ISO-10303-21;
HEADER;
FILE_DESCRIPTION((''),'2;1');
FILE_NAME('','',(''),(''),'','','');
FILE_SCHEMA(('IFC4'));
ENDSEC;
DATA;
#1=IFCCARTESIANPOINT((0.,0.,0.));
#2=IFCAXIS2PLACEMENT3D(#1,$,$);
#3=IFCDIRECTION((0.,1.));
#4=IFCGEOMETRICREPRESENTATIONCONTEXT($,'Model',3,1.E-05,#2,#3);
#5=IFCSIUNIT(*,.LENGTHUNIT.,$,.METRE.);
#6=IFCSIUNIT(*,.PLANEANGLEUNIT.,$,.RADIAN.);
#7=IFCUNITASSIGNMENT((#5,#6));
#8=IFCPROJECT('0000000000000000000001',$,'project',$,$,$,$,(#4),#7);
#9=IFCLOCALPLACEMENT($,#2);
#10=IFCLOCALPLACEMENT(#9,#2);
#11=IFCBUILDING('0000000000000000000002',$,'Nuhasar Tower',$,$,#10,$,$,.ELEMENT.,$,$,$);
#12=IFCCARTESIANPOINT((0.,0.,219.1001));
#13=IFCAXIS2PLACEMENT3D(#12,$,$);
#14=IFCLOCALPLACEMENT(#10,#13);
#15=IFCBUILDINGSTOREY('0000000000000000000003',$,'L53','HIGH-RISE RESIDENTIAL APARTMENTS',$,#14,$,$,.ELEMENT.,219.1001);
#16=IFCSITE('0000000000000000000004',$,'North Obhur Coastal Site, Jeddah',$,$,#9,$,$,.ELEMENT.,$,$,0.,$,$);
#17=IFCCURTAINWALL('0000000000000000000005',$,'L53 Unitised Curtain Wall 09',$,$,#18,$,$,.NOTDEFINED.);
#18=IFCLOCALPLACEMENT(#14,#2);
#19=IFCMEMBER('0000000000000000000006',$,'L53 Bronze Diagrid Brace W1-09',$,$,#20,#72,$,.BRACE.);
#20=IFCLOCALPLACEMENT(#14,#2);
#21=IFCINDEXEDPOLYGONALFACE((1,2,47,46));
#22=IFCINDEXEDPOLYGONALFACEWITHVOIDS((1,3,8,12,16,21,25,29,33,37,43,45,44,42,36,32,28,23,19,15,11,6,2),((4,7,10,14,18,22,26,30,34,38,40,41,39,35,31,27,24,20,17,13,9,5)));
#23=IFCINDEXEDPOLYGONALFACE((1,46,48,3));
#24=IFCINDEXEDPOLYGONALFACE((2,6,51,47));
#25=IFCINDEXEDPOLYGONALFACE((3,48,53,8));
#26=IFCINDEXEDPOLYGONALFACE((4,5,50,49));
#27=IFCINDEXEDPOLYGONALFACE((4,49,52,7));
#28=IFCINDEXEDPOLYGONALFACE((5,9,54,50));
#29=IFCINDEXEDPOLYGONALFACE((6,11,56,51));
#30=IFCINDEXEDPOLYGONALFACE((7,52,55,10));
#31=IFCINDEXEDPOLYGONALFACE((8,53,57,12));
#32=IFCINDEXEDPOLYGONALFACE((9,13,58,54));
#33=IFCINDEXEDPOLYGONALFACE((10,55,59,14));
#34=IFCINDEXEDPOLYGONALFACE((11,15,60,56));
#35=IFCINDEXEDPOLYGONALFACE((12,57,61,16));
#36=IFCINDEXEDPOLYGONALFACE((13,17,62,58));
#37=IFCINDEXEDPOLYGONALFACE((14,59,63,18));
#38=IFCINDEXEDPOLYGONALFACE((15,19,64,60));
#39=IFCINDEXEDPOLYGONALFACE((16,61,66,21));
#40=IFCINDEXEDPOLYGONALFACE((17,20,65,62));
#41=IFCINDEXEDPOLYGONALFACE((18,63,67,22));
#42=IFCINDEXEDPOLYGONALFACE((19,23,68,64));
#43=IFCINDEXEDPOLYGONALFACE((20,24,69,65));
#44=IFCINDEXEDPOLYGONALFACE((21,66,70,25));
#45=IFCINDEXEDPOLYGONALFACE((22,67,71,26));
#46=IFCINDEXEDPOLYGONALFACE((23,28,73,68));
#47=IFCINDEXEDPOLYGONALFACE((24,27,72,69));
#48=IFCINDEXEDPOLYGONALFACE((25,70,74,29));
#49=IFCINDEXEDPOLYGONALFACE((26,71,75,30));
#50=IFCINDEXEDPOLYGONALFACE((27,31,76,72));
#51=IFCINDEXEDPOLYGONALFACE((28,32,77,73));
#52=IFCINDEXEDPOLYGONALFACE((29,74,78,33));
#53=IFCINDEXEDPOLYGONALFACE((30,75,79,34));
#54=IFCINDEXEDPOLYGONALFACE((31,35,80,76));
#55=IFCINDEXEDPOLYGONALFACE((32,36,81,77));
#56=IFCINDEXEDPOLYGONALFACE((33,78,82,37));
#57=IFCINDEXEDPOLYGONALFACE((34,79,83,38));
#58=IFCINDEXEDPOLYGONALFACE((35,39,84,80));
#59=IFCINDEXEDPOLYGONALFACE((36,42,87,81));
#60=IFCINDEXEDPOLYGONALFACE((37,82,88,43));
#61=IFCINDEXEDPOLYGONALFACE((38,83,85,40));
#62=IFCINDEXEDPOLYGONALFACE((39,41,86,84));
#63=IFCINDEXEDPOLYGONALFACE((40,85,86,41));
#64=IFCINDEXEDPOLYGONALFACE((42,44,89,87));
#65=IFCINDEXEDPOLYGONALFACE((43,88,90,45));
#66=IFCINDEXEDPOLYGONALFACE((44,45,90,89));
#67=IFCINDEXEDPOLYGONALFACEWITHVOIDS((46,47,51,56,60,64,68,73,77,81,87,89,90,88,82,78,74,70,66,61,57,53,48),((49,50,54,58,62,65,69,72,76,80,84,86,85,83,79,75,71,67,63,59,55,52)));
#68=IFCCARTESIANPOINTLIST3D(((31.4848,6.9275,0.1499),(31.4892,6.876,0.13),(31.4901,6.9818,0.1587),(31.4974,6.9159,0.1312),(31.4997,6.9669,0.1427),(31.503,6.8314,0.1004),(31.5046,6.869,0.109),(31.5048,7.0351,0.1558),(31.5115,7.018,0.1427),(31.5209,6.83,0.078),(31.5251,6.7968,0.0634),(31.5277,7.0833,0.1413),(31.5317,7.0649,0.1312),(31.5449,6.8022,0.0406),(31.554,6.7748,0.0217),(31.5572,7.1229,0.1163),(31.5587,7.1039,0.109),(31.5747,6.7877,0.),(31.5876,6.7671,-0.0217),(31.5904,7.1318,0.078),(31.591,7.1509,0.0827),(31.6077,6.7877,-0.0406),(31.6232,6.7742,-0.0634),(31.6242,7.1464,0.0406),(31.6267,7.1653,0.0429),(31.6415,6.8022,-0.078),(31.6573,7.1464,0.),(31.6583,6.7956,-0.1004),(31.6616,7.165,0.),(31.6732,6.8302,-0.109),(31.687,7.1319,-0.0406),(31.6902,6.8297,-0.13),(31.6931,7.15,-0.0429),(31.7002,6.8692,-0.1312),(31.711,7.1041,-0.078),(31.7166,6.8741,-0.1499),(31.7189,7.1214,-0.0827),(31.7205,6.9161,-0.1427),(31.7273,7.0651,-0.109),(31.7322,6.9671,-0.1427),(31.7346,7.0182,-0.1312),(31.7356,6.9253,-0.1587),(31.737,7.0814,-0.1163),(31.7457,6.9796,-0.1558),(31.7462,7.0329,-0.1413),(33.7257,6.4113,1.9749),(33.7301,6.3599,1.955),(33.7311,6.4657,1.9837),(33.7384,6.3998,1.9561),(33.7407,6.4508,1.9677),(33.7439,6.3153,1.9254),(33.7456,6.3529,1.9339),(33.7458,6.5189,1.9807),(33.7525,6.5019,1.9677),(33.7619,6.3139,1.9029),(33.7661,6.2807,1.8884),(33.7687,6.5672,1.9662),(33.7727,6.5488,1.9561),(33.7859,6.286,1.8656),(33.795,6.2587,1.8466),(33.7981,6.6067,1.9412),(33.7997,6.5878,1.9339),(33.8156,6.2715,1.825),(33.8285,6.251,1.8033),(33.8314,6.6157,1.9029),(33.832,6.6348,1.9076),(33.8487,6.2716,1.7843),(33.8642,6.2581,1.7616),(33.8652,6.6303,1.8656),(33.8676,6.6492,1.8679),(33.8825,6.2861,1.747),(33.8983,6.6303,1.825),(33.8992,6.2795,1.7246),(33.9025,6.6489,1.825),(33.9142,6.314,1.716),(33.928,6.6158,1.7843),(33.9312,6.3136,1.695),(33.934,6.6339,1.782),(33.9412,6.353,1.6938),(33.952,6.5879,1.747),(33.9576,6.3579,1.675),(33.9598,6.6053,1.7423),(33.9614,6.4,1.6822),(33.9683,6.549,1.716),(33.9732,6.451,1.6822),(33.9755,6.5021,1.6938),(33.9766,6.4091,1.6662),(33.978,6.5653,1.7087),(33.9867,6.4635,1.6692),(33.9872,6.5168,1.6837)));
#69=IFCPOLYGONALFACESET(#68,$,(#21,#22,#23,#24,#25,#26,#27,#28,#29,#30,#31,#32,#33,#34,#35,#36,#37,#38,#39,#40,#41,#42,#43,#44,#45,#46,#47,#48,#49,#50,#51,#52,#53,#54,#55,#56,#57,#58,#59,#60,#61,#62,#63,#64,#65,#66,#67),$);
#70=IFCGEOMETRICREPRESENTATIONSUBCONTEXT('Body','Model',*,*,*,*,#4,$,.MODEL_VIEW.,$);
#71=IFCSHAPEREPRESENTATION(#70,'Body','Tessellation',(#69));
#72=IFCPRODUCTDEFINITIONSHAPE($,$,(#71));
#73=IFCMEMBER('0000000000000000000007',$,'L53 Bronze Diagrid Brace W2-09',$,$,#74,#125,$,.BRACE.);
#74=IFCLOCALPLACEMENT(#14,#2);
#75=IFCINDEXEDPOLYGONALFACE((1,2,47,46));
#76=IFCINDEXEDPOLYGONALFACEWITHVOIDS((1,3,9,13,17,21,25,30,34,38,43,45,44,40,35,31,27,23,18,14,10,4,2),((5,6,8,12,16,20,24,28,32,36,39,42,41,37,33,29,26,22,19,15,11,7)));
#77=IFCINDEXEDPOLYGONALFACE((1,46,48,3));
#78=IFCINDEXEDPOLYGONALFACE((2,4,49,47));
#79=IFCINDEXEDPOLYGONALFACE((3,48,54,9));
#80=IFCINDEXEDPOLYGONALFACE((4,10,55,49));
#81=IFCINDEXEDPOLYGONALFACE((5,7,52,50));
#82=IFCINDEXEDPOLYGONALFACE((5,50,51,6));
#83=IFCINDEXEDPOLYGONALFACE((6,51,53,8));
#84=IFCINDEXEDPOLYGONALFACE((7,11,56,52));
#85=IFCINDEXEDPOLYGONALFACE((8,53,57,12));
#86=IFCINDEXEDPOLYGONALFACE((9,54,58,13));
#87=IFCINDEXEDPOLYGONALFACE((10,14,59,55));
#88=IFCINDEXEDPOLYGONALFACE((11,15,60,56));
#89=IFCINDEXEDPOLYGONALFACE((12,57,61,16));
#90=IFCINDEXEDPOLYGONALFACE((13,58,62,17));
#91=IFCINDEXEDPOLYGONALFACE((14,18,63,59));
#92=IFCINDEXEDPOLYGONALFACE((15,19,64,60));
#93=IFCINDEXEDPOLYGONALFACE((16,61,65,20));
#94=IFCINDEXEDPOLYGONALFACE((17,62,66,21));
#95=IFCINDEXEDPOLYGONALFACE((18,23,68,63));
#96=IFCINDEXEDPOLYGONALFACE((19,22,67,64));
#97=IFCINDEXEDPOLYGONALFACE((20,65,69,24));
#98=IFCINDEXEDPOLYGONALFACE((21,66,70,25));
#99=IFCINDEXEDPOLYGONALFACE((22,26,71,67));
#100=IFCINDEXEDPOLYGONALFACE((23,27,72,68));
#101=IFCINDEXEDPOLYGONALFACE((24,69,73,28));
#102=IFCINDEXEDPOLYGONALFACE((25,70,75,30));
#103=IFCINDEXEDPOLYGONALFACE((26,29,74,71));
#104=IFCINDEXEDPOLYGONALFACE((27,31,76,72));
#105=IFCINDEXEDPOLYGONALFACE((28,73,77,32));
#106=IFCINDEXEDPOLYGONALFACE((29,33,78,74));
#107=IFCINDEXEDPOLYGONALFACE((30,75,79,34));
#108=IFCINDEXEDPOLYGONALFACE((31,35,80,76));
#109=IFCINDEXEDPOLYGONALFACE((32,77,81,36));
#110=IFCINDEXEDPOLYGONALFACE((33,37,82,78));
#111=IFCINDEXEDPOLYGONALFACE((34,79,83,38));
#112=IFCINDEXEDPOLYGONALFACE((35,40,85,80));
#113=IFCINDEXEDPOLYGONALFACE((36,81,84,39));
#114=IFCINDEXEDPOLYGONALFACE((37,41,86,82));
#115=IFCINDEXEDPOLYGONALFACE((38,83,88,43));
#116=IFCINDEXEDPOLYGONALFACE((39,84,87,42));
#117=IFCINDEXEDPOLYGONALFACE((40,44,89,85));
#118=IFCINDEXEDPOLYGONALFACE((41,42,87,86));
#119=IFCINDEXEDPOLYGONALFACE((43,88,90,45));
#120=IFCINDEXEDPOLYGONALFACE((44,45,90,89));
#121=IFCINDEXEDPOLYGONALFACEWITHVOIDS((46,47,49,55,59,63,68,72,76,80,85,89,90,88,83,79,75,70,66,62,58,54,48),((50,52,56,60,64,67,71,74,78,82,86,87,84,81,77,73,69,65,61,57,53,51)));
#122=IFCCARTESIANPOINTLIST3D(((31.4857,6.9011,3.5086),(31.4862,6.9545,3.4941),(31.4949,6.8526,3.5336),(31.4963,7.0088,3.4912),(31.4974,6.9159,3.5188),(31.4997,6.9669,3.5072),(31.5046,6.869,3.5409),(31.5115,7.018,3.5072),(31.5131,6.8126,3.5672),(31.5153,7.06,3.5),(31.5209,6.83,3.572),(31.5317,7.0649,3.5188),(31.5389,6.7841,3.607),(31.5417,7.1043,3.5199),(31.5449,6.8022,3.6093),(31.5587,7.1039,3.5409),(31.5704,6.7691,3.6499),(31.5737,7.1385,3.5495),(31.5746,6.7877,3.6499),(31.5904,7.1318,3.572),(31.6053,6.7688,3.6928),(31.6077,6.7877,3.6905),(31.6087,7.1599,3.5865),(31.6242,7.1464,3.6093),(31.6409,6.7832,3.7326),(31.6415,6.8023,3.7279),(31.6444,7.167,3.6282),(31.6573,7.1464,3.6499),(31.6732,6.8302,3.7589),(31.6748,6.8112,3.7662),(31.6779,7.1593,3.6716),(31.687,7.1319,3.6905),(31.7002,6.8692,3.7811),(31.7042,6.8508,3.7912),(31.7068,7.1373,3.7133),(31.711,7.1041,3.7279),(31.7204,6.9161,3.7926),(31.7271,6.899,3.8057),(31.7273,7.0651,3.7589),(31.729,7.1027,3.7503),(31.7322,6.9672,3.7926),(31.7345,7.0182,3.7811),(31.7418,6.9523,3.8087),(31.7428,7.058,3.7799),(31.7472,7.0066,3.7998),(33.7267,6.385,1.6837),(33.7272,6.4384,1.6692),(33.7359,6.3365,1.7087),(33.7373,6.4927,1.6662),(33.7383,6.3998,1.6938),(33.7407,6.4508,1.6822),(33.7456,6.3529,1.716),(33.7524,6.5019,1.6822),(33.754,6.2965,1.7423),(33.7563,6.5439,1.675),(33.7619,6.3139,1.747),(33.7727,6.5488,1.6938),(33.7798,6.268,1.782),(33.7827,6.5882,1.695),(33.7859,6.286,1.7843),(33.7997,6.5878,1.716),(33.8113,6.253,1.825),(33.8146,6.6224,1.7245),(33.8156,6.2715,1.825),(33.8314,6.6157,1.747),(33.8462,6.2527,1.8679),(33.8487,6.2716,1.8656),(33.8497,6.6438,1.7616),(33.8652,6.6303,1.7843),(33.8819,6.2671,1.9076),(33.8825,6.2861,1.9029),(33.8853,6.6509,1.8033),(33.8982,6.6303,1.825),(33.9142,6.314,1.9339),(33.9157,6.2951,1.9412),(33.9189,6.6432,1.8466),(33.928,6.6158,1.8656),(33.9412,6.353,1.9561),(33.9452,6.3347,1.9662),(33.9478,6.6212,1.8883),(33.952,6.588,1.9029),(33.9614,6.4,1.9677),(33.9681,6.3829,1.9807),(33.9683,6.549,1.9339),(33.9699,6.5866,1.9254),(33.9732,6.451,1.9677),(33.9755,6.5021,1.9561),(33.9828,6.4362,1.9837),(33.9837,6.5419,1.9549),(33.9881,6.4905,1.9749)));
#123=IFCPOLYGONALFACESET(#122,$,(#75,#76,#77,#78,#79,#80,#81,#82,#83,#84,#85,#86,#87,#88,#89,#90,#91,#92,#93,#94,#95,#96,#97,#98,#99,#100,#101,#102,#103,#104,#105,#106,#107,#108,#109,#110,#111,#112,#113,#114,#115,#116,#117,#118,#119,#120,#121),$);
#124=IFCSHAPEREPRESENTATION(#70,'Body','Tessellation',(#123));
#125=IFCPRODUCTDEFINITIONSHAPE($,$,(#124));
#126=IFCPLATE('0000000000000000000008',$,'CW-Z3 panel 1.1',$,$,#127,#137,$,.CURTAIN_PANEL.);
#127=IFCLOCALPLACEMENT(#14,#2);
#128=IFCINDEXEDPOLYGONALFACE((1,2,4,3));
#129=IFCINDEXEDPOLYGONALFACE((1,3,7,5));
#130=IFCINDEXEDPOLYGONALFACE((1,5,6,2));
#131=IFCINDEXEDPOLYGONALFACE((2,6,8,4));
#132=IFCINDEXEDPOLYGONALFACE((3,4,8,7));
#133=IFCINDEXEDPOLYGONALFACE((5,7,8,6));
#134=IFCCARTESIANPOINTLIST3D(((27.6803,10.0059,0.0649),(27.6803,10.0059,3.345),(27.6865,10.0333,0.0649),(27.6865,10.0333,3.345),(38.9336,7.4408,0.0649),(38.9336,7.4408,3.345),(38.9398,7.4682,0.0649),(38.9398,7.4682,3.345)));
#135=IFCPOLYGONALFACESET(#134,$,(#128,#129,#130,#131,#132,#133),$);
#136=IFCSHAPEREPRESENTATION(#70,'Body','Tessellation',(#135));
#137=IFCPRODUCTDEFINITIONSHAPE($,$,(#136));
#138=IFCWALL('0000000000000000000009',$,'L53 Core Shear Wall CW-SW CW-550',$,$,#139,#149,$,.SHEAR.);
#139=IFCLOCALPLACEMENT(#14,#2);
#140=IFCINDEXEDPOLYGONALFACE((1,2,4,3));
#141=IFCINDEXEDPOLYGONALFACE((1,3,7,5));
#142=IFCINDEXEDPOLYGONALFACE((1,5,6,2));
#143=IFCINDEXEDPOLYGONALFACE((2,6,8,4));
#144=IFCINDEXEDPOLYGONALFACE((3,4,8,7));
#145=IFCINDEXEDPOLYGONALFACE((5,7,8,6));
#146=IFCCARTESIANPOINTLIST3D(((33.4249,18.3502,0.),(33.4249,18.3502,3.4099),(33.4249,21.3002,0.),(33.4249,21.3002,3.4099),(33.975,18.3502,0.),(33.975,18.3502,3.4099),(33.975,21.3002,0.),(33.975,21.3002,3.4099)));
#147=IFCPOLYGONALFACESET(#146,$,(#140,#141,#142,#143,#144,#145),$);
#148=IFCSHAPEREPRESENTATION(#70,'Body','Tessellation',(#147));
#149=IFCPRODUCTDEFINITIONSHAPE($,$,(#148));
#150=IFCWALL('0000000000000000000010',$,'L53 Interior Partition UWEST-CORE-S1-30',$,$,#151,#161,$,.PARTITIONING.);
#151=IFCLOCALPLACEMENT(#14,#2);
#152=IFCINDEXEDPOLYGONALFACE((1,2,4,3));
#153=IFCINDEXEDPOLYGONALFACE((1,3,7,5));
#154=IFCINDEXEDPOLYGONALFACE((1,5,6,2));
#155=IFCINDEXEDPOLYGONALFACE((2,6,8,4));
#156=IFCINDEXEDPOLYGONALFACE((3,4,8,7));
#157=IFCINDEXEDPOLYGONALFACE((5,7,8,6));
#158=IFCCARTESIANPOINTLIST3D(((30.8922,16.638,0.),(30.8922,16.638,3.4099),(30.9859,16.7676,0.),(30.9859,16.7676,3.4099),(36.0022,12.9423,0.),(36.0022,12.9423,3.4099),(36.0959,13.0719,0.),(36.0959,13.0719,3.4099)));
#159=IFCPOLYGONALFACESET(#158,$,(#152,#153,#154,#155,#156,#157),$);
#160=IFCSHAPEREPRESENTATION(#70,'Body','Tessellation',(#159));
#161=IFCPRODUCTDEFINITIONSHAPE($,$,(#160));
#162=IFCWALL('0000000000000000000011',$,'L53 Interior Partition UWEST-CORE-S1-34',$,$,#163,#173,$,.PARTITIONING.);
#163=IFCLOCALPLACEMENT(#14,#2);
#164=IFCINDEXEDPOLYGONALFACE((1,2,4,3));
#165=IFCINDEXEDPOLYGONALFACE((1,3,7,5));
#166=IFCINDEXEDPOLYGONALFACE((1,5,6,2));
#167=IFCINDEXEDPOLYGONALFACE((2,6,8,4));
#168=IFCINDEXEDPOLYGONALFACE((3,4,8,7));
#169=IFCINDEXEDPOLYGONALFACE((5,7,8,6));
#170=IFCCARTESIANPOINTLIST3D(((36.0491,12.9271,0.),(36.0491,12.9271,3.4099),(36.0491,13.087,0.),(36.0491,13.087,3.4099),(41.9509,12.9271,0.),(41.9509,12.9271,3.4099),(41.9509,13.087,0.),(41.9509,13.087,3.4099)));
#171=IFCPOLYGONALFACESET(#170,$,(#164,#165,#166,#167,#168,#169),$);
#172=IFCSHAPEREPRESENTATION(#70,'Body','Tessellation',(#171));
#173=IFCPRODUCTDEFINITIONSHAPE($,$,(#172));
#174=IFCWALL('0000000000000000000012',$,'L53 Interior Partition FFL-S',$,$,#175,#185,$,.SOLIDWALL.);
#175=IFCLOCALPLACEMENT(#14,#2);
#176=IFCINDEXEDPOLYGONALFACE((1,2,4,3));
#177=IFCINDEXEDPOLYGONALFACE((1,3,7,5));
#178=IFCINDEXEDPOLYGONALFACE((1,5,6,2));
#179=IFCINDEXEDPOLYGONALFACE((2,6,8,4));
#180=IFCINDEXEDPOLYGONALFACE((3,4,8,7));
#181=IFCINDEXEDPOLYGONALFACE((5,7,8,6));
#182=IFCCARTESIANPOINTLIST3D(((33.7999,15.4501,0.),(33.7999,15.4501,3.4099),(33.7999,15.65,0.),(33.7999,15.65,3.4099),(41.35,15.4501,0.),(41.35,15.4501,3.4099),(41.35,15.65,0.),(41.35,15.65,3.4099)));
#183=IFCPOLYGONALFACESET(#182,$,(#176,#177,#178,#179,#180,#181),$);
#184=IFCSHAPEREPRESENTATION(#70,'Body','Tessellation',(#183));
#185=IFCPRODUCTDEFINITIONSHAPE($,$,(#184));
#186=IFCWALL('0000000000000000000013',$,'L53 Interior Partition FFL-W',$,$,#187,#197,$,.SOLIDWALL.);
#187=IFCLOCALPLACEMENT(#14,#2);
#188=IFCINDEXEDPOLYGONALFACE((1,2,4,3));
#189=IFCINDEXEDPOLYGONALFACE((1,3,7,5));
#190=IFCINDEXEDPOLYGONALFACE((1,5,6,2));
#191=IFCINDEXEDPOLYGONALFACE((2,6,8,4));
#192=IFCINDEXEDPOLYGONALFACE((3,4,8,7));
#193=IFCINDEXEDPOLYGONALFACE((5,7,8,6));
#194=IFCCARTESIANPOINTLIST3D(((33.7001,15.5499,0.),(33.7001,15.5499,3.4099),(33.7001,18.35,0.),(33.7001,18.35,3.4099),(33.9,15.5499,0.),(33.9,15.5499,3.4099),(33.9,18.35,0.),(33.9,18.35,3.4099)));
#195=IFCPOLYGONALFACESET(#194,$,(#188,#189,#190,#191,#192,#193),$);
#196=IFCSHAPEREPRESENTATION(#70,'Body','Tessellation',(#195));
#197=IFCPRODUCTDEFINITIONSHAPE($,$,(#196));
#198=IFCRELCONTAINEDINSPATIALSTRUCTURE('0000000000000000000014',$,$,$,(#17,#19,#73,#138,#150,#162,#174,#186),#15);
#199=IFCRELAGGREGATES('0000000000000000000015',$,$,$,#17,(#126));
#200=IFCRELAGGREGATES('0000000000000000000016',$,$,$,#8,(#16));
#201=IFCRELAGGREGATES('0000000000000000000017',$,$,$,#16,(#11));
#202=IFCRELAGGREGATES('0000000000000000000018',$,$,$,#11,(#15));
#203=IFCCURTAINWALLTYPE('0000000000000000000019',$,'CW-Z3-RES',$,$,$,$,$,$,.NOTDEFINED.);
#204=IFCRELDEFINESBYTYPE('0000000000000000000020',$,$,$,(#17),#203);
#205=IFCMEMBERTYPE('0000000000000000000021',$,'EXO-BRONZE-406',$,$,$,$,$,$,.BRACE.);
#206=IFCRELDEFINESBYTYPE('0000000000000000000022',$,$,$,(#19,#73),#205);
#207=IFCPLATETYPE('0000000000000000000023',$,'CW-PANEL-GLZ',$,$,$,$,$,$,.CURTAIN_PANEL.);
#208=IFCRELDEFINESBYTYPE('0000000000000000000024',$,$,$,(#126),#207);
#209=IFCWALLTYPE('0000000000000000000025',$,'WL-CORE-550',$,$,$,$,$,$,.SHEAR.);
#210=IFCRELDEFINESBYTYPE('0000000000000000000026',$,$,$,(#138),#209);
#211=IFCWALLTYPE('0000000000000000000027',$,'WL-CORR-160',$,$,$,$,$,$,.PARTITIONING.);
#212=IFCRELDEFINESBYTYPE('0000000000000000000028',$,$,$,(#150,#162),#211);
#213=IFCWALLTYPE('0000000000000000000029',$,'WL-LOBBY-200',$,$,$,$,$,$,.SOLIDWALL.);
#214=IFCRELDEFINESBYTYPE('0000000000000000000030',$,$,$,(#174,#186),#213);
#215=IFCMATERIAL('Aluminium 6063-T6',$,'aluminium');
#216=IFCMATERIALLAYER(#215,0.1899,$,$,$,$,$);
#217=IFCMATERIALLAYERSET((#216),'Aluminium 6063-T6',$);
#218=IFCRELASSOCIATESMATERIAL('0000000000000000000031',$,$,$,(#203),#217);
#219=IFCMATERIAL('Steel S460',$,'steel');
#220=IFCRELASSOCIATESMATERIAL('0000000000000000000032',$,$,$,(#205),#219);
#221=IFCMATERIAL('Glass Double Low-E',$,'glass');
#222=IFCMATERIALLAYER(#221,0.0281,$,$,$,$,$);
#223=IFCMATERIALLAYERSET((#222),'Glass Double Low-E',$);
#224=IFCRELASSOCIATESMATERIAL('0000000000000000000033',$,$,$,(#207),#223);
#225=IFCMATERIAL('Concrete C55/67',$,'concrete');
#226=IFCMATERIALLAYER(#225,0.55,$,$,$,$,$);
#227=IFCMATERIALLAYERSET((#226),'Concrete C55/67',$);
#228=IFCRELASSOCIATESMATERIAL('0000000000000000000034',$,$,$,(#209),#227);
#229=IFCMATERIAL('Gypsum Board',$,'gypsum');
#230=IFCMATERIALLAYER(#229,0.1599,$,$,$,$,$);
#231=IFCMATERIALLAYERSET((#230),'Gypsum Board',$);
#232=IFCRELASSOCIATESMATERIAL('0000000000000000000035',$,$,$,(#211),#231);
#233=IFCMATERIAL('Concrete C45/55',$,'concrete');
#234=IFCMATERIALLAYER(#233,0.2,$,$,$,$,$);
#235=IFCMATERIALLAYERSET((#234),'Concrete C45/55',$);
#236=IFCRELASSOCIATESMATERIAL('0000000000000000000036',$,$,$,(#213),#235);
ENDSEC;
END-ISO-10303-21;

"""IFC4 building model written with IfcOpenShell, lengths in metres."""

from ifc_helpers import new_model, si_unit, direction, frame, frame_2d, origin, origin_2d, place, context, subcontext, project, spatial, rectangle, hollow_circle, extrude, material, layer, layer_set, material_profile, profile_set, type_object, element, aggregate, save


model = new_model("IFC4")

# Units and contexts
model_context = context("Model", 3, precision=1e-05, world=origin(), true_north=direction((0.0, 1.0)))
body_context = subcontext(model_context, "Body", "Model", "MODEL_VIEW")
ifc_project = project(units=[si_unit("LENGTHUNIT", "METRE"), si_unit("PLANEANGLEUNIT", "RADIAN")], contexts=[model_context])

# Site, building, storey
site_placement = place(None, origin())
site = spatial("IfcSite", under=ifc_project, at=site_placement, Name="North Obhur Coastal Site, Jeddah", CompositionType="ELEMENT", RefElevation=0.0)
building_placement = place(site_placement, origin())
building = spatial("IfcBuilding", under=site, at=building_placement, Name="Nuhasar Tower", CompositionType="ELEMENT")
storey_placement = place(building_placement, frame((0.0, 0.0, 219.1001)))
storey = spatial("IfcBuildingStorey", under=building, at=storey_placement, Name="L53", Description="HIGH-RISE RESIDENTIAL APARTMENTS", CompositionType="ELEMENT", Elevation=219.1001)

# Shared definitions
ifc_material_1 = material(Name="Concrete C55/67", Category="concrete")

# Curtain wall
ifc_material_2 = material(Name="Aluminium 6063-T6", Category="aluminium")
ifc_layer_1 = layer(ifc_material_2, 0.1899)
ifc_layer_set_1 = layer_set([ifc_layer_1], Name="Aluminium 6063-T6")
curtain_wall_type = type_object("IfcCurtainWallType", Name="CW-Z3-RES", PredefinedType="NOTDEFINED", material=ifc_layer_set_1)
curtain_wall_placement = place(storey_placement, origin())
curtain_wall = element("IfcCurtainWall", 1, at=curtain_wall_placement, inside=storey, type_object=curtain_wall_type, Name="L53 Unitised Curtain Wall 09", PredefinedType="NOTDEFINED")

# Members
ifc_material_3 = material(Name="Steel S460", Category="steel")
ifc_material_profile_1 = material_profile(ifc_material_3, hollow_circle(Radius=0.2031, WallThickness=0.019, at=origin_2d()), Name="HSS406.4X19.1")
ifc_profile_set_1 = profile_set([ifc_material_profile_1], Name="Steel S460")
member_type_1 = type_object("IfcMemberType", Name="EXO-BRONZE-406", PredefinedType="BRACE", material=ifc_profile_set_1)
for number, where, z_axis, x_axis, name in (
    (2, (31.616, 6.967, 0.0), (0.763332, -0.175802, 0.621626), (0.224433, 0.97449, 0.0), "L53 Bronze Diagrid Brace W1-09"),
    (3, (33.8569, 6.4509, 1.825), (-0.763332, 0.175802, 0.621626), (-0.224433, -0.97449, 0.0), "L53 Bronze Diagrid Brace W2-09"),
):
    element("IfcMember", number, at=place(storey_placement, frame(where, z_axis=z_axis, x_axis=x_axis)), inside=storey, type_object=member_type_1, Name=name, PredefinedType="BRACE", context=body_context, shape_type="SweptSolid", body=[
        extrude(hollow_circle(Radius=0.2031, WallThickness=0.019, at=origin_2d()), origin(), (0.0, 0.0, 1.0), 2.9358),
    ])

# Plate
ifc_material_4 = material(Name="Glass Double Low-E", Category="glass")
ifc_layer_2 = layer(ifc_material_4, 0.0281)
ifc_layer_set_2 = layer_set([ifc_layer_2], Name="Glass Double Low-E")
plate_type = type_object("IfcPlateType", Name="CW-PANEL-GLZ", PredefinedType="CURTAIN_PANEL", material=ifc_layer_set_2)
plate_placement = place(storey_placement, frame((33.3101, 8.7371, 0.0649), z_axis=(0.0, 0.0, 1.0), x_axis=(0.974991, -0.222243, 0.0)))
plate = element("IfcPlate", 4, at=plate_placement, type_object=plate_type, Name="CW-Z3 panel 1.1", PredefinedType="CURTAIN_PANEL", context=body_context, shape_type="SweptSolid", body=[
    extrude(rectangle(XDim=11.542, YDim=0.0281, at=origin_2d()), origin(), (0.0, 0.0, 1.0), 3.28),
])
aggregate(curtain_wall, [plate])

# Walls
ifc_layer_3 = layer(ifc_material_1, 0.55)
ifc_layer_set_3 = layer_set([ifc_layer_3], Name="Concrete C55/67")
wall_type_1 = type_object("IfcWallType", Name="WL-CORE-550", PredefinedType="SHEAR", material=ifc_layer_set_3)
wall_1_placement = place(storey_placement, frame((33.7, 18.3501, 0.0), z_axis=(0.0, 0.0, 1.0), x_axis=(0.0, 1.0, 0.0)))
element("IfcWall", 5, at=wall_1_placement, inside=storey, type_object=wall_type_1, Name="L53 Core Shear Wall CW-SW CW-550", PredefinedType="SHEAR", context=body_context, shape_type="SweptSolid", body=[
    extrude(rectangle(XDim=2.95, YDim=0.55, at=frame_2d((1.4751, 0.0))), origin(), (0.0, 0.0, 1.0), 3.4099),
])
ifc_material_5 = material(Name="Gypsum Board", Category="gypsum")
ifc_layer_4 = layer(ifc_material_5, 0.1599)
ifc_layer_set_4 = layer_set([ifc_layer_4], Name="Gypsum Board")
wall_type_2 = type_object("IfcWallType", Name="WL-CORR-160", PredefinedType="PARTITIONING", material=ifc_layer_set_4)
wall_2_placement = place(storey_placement, frame((30.939, 16.7029, 0.0), z_axis=(0.0, 0.0, 1.0), x_axis=(0.81029, -0.586029, 0.0)))
element("IfcWall", 6, at=wall_2_placement, inside=storey, type_object=wall_type_2, Name="L53 Interior Partition UWEST-CORE-S1-30", PredefinedType="PARTITIONING", context=body_context, shape_type="SweptSolid", body=[
    extrude(rectangle(XDim=6.3064, YDim=0.1599, at=frame_2d((3.1533, 0.0))), origin(), (0.0, 0.0, 1.0), 3.4099),
])
wall_3_placement = place(storey_placement, frame((36.0491, 13.0071, 0.0), z_axis=(0.0, 0.0, 1.0), x_axis=(1.0, 0.0, 0.0)))
element("IfcWall", 7, at=wall_3_placement, inside=storey, type_object=wall_type_2, Name="L53 Interior Partition UWEST-CORE-S1-34", PredefinedType="PARTITIONING", context=body_context, shape_type="SweptSolid", body=[
    extrude(rectangle(XDim=5.9019, YDim=0.1599, at=frame_2d((2.9509, 0.0))), origin(), (0.0, 0.0, 1.0), 3.4099),
])
ifc_material_6 = material(Name="Concrete C45/55", Category="concrete")
ifc_layer_5 = layer(ifc_material_6, 0.2)
ifc_layer_set_5 = layer_set([ifc_layer_5], Name="Concrete C45/55")
wall_type_3 = type_object("IfcWallType", Name="WL-LOBBY-200", PredefinedType="SOLIDWALL", material=ifc_layer_set_5)
wall_4_placement = place(storey_placement, frame((33.8, 15.55, 0.0), z_axis=(0.0, 0.0, 1.0), x_axis=(1.0, 0.0, 0.0)))
element("IfcWall", 8, at=wall_4_placement, inside=storey, type_object=wall_type_3, Name="L53 Interior Partition FFL-S", PredefinedType="SOLIDWALL", context=body_context, shape_type="SweptSolid", body=[
    extrude(rectangle(XDim=7.55, YDim=0.2, at=frame_2d((3.7749, 0.0))), origin(), (0.0, 0.0, 1.0), 3.4099),
])
wall_5_placement = place(storey_placement, frame((33.8, 15.55, 0.0), z_axis=(0.0, 0.0, 1.0), x_axis=(0.0, 1.0, 0.0)))
element("IfcWall", 9, at=wall_5_placement, inside=storey, type_object=wall_type_3, Name="L53 Interior Partition FFL-W", PredefinedType="SOLIDWALL", context=body_context, shape_type="SweptSolid", body=[
    extrude(rectangle(XDim=2.8, YDim=0.2, at=frame_2d((1.3999, 0.0))), origin(), (0.0, 0.0, 1.0), 3.4099),
])

save(model, "model.ifc")
